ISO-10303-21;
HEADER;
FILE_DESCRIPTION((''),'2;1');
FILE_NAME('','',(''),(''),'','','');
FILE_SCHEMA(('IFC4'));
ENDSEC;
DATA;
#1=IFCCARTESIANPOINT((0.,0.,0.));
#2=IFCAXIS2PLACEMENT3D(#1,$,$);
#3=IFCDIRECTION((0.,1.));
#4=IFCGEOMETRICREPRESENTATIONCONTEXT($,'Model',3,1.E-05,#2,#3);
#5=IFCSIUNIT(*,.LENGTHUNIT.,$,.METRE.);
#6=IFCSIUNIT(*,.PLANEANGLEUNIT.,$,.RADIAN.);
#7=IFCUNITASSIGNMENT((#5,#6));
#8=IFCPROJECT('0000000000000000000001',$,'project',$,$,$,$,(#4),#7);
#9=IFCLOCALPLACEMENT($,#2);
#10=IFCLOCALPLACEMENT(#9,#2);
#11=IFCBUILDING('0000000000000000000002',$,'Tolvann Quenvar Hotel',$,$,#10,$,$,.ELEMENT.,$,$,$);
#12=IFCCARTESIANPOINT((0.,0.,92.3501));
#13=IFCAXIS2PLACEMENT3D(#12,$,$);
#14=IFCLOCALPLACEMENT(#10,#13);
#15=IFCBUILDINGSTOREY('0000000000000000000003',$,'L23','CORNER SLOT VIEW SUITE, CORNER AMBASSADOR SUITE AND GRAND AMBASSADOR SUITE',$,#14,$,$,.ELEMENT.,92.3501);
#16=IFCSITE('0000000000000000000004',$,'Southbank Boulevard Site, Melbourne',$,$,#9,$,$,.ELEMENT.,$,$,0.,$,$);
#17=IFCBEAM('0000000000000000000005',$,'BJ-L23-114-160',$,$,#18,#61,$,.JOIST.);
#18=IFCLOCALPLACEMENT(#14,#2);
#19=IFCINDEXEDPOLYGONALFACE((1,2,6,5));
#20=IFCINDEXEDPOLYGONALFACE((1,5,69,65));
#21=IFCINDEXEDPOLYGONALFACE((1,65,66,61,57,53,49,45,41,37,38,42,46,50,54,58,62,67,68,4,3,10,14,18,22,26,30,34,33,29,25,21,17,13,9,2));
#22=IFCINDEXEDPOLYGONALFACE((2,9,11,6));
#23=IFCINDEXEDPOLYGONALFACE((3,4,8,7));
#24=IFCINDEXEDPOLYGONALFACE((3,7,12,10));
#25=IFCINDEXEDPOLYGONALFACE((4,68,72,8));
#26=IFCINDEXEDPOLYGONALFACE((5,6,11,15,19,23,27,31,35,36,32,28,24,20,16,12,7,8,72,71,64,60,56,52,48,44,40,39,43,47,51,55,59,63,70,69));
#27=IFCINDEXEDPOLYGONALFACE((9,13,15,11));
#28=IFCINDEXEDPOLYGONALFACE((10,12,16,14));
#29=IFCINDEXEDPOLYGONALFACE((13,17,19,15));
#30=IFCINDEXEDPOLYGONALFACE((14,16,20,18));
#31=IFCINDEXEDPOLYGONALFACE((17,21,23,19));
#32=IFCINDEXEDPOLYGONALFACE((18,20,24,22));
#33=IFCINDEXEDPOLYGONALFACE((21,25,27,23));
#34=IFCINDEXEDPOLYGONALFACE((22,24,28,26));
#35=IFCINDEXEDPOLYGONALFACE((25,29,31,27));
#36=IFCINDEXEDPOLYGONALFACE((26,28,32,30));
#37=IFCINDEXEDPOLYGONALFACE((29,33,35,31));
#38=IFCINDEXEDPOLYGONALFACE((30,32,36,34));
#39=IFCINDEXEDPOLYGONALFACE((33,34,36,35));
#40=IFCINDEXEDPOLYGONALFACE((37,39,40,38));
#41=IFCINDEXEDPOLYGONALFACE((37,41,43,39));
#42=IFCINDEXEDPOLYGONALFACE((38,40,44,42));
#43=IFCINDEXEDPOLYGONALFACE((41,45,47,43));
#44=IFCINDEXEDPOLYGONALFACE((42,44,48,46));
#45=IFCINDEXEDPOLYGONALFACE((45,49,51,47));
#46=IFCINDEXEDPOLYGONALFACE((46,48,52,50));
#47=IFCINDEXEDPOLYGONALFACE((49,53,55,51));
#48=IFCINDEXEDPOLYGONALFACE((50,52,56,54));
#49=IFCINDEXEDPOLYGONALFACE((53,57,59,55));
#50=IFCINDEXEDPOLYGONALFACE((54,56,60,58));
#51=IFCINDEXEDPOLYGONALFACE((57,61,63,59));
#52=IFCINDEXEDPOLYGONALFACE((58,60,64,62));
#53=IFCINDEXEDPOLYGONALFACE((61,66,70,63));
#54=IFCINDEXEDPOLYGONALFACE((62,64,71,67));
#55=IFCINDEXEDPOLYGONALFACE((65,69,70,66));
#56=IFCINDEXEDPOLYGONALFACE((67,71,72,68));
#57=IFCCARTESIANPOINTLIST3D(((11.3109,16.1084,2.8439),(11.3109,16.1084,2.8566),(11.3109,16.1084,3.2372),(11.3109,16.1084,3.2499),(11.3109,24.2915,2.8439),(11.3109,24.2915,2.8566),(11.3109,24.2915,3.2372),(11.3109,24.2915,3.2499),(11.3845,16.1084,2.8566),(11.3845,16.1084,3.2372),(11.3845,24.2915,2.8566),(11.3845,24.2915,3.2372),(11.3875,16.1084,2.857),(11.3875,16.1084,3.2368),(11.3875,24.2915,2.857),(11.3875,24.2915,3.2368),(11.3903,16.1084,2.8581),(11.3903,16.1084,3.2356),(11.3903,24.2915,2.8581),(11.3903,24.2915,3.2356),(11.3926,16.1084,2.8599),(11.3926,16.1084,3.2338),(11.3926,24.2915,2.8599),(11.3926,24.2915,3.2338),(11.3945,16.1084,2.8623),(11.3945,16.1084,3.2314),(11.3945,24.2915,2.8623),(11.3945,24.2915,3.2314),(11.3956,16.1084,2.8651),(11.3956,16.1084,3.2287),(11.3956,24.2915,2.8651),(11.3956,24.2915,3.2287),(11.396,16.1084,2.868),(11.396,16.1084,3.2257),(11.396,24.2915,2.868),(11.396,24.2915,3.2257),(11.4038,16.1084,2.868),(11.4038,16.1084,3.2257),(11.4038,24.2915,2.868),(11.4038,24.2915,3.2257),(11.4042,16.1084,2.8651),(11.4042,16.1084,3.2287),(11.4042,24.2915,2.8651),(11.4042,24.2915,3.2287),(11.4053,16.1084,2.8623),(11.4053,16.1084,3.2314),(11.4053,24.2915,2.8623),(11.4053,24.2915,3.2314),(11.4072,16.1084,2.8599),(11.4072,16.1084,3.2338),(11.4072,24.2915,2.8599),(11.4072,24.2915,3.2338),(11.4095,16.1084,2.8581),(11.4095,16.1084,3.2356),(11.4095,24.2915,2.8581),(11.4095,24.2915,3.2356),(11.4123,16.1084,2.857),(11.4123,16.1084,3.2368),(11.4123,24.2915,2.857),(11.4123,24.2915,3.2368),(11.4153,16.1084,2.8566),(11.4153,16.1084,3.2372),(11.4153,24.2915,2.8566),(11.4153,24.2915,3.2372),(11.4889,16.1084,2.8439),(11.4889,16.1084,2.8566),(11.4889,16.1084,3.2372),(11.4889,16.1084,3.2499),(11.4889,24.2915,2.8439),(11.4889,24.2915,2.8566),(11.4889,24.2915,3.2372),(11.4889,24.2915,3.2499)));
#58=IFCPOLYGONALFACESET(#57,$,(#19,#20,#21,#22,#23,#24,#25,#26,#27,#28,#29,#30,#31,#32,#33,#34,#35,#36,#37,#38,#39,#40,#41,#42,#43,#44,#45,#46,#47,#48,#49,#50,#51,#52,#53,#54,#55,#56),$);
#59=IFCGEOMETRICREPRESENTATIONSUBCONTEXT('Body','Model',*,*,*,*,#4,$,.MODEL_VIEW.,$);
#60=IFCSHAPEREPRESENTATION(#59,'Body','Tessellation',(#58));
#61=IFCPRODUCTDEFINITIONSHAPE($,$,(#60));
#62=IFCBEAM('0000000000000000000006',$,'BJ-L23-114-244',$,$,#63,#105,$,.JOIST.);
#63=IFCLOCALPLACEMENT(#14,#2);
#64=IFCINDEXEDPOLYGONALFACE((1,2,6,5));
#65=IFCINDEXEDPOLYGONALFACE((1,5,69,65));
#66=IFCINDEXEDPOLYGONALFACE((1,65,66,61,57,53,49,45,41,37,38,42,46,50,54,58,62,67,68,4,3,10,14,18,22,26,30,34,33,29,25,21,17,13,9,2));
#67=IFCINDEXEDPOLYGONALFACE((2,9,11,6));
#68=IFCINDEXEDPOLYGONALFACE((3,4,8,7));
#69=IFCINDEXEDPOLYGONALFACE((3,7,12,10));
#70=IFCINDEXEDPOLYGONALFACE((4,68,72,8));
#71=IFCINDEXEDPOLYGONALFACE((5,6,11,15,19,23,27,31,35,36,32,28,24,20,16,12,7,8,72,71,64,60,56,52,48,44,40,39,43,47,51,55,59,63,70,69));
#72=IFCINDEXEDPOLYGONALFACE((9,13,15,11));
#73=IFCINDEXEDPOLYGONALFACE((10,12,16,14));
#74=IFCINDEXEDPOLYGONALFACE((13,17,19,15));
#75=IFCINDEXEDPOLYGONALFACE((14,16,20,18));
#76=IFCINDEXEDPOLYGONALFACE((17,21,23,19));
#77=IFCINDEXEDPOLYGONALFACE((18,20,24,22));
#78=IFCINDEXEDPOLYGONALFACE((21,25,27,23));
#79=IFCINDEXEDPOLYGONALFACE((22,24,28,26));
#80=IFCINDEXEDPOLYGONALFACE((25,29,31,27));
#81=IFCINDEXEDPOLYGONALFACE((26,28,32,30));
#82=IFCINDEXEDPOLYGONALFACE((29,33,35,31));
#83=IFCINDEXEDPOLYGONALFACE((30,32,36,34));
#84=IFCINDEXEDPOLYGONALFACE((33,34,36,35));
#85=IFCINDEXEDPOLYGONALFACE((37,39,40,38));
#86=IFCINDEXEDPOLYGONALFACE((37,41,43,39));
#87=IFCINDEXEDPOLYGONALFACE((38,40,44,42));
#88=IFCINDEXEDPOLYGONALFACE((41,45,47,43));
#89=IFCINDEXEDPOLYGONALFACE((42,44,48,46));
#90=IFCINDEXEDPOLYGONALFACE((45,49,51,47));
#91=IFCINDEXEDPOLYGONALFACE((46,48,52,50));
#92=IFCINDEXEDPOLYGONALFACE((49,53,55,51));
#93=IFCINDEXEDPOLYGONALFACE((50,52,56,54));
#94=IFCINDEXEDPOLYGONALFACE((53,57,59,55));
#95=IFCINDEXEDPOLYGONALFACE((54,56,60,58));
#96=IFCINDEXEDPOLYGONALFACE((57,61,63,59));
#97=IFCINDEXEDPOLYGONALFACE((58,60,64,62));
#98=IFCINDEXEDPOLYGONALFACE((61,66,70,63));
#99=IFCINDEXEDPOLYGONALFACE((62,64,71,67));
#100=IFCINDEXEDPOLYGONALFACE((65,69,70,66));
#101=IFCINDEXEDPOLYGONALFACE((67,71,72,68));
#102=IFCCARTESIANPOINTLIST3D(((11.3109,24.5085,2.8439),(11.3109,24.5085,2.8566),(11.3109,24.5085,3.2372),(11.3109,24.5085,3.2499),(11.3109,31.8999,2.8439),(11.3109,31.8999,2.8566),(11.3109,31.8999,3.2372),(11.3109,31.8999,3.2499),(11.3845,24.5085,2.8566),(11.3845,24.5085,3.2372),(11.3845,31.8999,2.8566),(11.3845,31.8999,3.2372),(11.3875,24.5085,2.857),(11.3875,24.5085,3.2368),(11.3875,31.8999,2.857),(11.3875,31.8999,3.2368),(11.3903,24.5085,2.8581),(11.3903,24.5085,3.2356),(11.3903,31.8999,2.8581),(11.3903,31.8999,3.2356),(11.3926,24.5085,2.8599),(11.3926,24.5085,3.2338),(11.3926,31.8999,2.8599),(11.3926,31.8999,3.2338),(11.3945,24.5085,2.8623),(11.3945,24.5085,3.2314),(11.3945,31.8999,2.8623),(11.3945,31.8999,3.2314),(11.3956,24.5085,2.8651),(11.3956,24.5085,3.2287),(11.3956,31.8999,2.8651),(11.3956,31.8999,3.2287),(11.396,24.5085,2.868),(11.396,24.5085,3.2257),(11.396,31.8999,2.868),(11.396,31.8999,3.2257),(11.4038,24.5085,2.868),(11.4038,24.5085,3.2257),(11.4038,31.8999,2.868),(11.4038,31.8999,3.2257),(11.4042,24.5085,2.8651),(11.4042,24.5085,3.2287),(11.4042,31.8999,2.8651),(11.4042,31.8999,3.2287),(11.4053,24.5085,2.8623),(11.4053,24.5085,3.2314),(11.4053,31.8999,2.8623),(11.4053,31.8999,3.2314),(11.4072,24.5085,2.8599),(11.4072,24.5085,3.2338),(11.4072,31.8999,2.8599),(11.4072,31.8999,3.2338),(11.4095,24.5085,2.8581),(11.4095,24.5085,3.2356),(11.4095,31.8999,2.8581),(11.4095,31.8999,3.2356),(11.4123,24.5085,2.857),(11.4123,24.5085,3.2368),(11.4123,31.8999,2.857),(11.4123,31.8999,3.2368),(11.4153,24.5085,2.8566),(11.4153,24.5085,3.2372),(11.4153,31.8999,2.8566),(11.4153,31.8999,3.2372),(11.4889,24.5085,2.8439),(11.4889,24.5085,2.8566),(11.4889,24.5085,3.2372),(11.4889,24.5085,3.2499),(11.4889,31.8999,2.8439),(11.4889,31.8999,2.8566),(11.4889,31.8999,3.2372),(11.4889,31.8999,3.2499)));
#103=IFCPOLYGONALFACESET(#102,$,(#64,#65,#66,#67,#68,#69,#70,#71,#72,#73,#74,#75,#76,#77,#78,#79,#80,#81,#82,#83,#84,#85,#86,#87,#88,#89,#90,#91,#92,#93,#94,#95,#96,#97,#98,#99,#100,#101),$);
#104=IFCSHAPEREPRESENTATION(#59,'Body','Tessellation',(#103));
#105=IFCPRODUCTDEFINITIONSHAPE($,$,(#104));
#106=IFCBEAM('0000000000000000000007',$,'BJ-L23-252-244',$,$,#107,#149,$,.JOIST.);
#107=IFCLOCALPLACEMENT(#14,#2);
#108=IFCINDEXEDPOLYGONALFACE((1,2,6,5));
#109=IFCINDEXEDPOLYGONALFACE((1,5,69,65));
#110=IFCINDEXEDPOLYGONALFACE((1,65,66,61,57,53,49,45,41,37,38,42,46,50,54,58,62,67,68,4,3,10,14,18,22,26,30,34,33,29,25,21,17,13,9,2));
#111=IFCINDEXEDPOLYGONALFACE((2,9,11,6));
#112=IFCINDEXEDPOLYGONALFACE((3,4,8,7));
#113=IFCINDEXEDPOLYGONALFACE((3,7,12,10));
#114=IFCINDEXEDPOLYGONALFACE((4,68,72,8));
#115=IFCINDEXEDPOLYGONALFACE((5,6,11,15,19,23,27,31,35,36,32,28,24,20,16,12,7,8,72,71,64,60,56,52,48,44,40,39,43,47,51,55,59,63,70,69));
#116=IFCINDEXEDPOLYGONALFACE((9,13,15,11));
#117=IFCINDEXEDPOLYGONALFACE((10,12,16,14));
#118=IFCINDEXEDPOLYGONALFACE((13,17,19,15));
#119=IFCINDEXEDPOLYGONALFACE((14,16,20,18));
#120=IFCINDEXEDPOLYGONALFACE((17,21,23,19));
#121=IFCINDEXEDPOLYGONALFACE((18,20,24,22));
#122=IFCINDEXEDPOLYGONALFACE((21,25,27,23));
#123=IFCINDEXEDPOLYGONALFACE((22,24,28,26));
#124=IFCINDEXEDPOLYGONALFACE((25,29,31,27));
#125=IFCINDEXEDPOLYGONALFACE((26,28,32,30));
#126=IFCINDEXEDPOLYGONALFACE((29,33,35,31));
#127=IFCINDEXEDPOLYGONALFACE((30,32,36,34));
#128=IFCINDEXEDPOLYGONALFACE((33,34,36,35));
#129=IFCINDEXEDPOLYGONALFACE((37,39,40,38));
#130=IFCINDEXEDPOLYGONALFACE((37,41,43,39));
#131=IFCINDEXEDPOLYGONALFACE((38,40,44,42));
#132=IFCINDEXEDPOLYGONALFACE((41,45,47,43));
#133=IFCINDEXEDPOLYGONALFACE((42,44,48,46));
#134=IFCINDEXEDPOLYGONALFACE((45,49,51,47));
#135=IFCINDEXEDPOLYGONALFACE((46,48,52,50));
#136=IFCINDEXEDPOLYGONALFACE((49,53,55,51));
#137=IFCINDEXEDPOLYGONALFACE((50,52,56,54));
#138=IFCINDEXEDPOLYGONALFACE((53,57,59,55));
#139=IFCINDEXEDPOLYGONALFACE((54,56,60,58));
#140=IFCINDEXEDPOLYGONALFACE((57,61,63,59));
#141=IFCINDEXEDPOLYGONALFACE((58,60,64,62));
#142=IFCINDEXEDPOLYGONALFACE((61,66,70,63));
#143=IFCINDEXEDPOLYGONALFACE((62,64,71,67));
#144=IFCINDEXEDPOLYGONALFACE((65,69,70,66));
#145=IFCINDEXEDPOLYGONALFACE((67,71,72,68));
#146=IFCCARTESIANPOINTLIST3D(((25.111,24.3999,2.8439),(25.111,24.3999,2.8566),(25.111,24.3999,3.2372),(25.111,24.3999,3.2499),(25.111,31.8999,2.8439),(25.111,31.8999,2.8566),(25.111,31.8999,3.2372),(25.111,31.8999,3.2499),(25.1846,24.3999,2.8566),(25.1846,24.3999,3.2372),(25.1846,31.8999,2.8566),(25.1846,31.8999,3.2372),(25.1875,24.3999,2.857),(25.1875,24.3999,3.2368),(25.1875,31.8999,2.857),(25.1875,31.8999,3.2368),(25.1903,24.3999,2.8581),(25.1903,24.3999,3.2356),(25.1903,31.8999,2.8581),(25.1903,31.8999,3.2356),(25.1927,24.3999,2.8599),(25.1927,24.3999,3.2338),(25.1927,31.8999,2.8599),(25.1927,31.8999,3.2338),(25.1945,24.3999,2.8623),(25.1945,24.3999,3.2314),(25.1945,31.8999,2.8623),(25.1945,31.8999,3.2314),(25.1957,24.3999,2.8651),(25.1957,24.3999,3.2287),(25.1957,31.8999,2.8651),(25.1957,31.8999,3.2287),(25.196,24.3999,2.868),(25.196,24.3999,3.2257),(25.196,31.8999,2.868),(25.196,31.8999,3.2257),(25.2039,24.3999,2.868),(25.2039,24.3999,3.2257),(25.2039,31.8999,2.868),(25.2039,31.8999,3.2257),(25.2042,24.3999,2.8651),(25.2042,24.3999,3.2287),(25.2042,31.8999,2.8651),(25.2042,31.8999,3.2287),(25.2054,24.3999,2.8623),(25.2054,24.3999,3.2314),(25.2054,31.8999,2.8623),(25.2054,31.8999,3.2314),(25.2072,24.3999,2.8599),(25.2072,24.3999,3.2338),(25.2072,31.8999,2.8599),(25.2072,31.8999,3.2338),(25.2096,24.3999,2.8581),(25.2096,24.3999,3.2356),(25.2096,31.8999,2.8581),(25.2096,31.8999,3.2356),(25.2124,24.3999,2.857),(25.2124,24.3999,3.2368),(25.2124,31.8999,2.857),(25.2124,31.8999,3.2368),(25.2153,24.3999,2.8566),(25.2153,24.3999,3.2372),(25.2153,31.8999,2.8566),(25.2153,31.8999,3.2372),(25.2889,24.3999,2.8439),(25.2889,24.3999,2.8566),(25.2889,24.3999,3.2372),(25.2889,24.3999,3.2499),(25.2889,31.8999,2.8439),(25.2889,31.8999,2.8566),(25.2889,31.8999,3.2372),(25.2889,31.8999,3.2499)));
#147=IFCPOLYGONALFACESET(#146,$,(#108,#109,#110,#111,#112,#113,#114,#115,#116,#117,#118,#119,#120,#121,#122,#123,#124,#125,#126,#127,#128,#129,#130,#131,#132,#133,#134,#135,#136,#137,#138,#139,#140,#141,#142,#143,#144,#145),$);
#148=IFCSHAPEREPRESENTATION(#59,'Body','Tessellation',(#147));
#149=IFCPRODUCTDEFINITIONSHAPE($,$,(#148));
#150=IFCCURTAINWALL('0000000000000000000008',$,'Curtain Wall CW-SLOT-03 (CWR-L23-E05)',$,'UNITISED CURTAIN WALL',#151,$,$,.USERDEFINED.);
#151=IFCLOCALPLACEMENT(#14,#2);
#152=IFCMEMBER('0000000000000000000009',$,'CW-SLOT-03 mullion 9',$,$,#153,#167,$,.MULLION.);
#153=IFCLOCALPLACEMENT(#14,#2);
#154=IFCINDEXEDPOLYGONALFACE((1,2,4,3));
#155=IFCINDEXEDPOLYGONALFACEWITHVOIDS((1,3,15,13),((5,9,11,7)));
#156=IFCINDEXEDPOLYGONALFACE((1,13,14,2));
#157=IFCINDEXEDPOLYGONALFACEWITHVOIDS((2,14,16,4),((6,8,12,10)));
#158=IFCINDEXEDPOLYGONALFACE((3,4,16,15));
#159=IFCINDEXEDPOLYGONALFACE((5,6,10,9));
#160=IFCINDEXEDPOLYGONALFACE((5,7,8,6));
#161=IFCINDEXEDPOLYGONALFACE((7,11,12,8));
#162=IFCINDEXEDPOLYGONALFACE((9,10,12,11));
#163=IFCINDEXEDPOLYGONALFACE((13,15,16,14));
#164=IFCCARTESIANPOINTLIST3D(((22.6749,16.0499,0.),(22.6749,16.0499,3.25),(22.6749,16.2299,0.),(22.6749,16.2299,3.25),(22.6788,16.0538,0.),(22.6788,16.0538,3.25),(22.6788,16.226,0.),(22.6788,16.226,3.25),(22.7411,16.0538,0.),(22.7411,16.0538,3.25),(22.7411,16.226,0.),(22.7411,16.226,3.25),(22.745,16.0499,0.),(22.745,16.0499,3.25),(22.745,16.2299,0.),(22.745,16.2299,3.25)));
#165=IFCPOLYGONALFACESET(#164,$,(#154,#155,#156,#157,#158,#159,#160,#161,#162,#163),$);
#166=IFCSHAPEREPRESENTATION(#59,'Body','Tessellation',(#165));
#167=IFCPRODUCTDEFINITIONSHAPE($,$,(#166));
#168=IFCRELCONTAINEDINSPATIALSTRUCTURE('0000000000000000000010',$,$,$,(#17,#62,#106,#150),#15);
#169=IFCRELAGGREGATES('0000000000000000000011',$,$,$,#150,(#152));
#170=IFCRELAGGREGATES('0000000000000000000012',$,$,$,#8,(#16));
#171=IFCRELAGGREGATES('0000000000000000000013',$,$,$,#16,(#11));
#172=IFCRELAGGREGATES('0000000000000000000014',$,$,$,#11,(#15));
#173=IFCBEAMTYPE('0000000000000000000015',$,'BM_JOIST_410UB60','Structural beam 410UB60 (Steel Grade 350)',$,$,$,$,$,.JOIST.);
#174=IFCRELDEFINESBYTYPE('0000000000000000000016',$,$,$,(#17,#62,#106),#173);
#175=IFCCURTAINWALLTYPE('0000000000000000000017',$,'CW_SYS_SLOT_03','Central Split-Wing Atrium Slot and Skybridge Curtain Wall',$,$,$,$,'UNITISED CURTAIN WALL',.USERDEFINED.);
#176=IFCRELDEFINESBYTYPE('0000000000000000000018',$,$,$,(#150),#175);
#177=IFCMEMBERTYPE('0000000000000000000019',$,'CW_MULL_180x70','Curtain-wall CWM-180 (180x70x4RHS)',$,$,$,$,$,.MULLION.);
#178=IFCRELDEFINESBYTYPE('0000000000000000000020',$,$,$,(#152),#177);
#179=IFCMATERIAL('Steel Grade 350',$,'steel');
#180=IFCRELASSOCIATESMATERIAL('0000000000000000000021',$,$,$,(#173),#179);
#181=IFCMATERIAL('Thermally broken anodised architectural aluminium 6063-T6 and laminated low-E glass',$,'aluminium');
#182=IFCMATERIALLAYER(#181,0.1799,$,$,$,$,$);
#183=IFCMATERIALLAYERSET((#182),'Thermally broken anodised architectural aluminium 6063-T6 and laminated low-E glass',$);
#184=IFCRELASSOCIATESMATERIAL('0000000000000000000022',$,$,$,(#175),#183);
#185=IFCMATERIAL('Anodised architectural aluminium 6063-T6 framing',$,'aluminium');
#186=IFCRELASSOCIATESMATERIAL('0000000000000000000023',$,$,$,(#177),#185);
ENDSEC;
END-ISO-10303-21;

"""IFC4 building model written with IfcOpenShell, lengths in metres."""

from ifc_helpers import new_model, si_unit, direction, frame, origin, origin_2d, place, context, subcontext, project, spatial, hollow_rectangle, i_section, extrude, source, transform, mapped, material, layer, layer_set, material_profile, profile_set, type_object, type_shapes, element, aggregate, save


model = new_model("IFC4")

# Units and contexts
model_context = context("Model", 3, precision=1e-05, world=origin(), true_north=direction((0.0, 1.0)))
body_context = subcontext(model_context, "Body", "Model", "MODEL_VIEW")
ifc_project = project(units=[si_unit("LENGTHUNIT", "METRE"), si_unit("PLANEANGLEUNIT", "RADIAN")], contexts=[model_context])

# Site, building, storey
site_placement = place(None, origin())
site = spatial("IfcSite", under=ifc_project, at=site_placement, Name="Southbank Boulevard Site, Melbourne", CompositionType="ELEMENT", RefElevation=0.0)
building_placement = place(site_placement, origin())
building = spatial("IfcBuilding", under=site, at=building_placement, Name="Tolvann Quenvar Hotel", CompositionType="ELEMENT")
storey_placement = place(building_placement, frame((0.0, 0.0, 92.3501)))
storey = spatial("IfcBuildingStorey", under=building, at=storey_placement, Name="L23", Description="CORNER SLOT VIEW SUITE, CORNER AMBASSADOR SUITE AND GRAND AMBASSADOR SUITE", CompositionType="ELEMENT", Elevation=92.3501)

# Shared definitions
ifc_material_1 = material(Name="Steel Grade 350", Category="steel")

# Beams
ifc_material_profile_1 = material_profile(ifc_material_1, i_section(OverallWidth=0.178, OverallDepth=0.406, WebThickness=0.0078, FlangeThickness=0.0127, FilletRadius=0.0115, at=origin_2d()), Name="410UB60")
ifc_profile_set_1 = profile_set([ifc_material_profile_1], Name="Steel Grade 350")
beam_type_1 = type_object("IfcBeamType", Name="BM_JOIST_410UB60", Description="Structural beam 410UB60 (Steel Grade 350)", PredefinedType="JOIST", material=ifc_profile_set_1)
shared_shape_1 = source(origin(), body_context, "Body", "SweptSolid", [
    extrude(i_section(OverallWidth=0.178, OverallDepth=0.406, WebThickness=0.0078, FlangeThickness=0.0127, FilletRadius=0.0115, at=origin_2d()), origin(), (0.0, 0.0, 1.0), 8.1831),
])
beam_1_placement = place(storey_placement, frame((11.3999, 16.1084, 3.0469), z_axis=(0.0, 1.0, 0.0), x_axis=(-1.0, 0.0, 0.0)))
element("IfcBeam", 1, at=beam_1_placement, inside=storey, type_object=beam_type_1, Name="BJ-L23-114-160", PredefinedType="JOIST", context=body_context, shape_type="MappedRepresentation", body=[
    mapped(shared_shape_1, transform((0.0, 0.0, 0.0), x_axis=(1.0, 0.0, 0.0), y_axis=(0.0, 1.0, 0.0), z_axis=(0.0, 0.0, 1.0), scale=1.0)),
])
shared_shape_2 = source(origin(), body_context, "Body", "SweptSolid", [
    extrude(i_section(OverallWidth=0.178, OverallDepth=0.406, WebThickness=0.0078, FlangeThickness=0.0127, FilletRadius=0.0115, at=origin_2d()), origin(), (0.0, 0.0, 1.0), 7.3914),
])
beam_2_placement = place(storey_placement, frame((11.3999, 24.5085, 3.0469), z_axis=(0.0, 1.0, 0.0), x_axis=(-1.0, 0.0, 0.0)))
element("IfcBeam", 2, at=beam_2_placement, inside=storey, type_object=beam_type_1, Name="BJ-L23-114-244", PredefinedType="JOIST", context=body_context, shape_type="MappedRepresentation", body=[
    mapped(shared_shape_2, transform((0.0, 0.0, 0.0), x_axis=(1.0, 0.0, 0.0), y_axis=(0.0, 1.0, 0.0), z_axis=(0.0, 0.0, 1.0), scale=1.0)),
])
shared_shape_3 = source(origin(), body_context, "Body", "SweptSolid", [
    extrude(i_section(OverallWidth=0.178, OverallDepth=0.406, WebThickness=0.0078, FlangeThickness=0.0127, FilletRadius=0.0115, at=origin_2d()), origin(), (0.0, 0.0, 1.0), 7.5),
])
beam_3_placement = place(storey_placement, frame((25.2, 24.3999, 3.0469), z_axis=(0.0, 1.0, 0.0), x_axis=(-1.0, 0.0, 0.0)))
element("IfcBeam", 3, at=beam_3_placement, inside=storey, type_object=beam_type_1, Name="BJ-L23-252-244", PredefinedType="JOIST", context=body_context, shape_type="MappedRepresentation", body=[
    mapped(shared_shape_3, transform((0.0, 0.0, 0.0), x_axis=(1.0, 0.0, 0.0), y_axis=(0.0, 1.0, 0.0), z_axis=(0.0, 0.0, 1.0), scale=1.0)),
])

# Curtain wall, member
ifc_material_2 = material(Name="Thermally broken anodised architectural aluminium 6063-T6 and laminated low-E glass", Category="aluminium")
ifc_layer_1 = layer(ifc_material_2, 0.1799)
ifc_layer_set_1 = layer_set([ifc_layer_1], Name="Thermally broken anodised architectural aluminium 6063-T6 and laminated low-E glass")
curtain_wall_type = type_object("IfcCurtainWallType", Name="CW_SYS_SLOT_03", Description="Central Split-Wing Atrium Slot and Skybridge Curtain Wall", ElementType="UNITISED CURTAIN WALL", PredefinedType="USERDEFINED", material=ifc_layer_set_1)
curtain_wall_placement = place(storey_placement, origin())
curtain_wall = element("IfcCurtainWall", 4, at=curtain_wall_placement, inside=storey, type_object=curtain_wall_type, Name="Curtain Wall CW-SLOT-03 (CWR-L23-E05)", ObjectType="UNITISED CURTAIN WALL", PredefinedType="USERDEFINED")
ifc_material_3 = material(Name="Anodised architectural aluminium 6063-T6 framing", Category="aluminium")
ifc_material_profile_2 = material_profile(ifc_material_3, hollow_rectangle(XDim=0.0701, YDim=0.1799, WallThickness=0.0039, at=origin_2d()), Name="180x70x4RHS")
ifc_profile_set_2 = profile_set([ifc_material_profile_2], Name="Anodised architectural aluminium 6063-T6 framing")
member_type = type_object("IfcMemberType", Name="CW_MULL_180x70", Description="Curtain-wall CWM-180 (180x70x4RHS)", PredefinedType="MULLION", material=ifc_profile_set_2)
shared_shape_4 = source(origin(), body_context, "Body", "SweptSolid", [
    extrude(hollow_rectangle(XDim=0.0701, YDim=0.1799, WallThickness=0.0039, at=origin_2d()), origin(), (0.0, 0.0, 1.0), 3.25),
])
type_shapes(member_type, [shared_shape_4])
member_placement = place(storey_placement, frame((22.71, 16.1399, 0.0), z_axis=(0.0, 0.0, 1.0), x_axis=(-1.0, 0.0, 0.0)))
member = element("IfcMember", 5, at=member_placement, type_object=member_type, Name="CW-SLOT-03 mullion 9", PredefinedType="MULLION", context=body_context, shape_type="MappedRepresentation", body=[
    mapped(shared_shape_4, transform((0.0, 0.0, 0.0), x_axis=(1.0, 0.0, 0.0), y_axis=(0.0, 1.0, 0.0), z_axis=(0.0, 0.0, 1.0), scale=1.0)),
])
aggregate(curtain_wall, [member])

save(model, "model.ifc")
